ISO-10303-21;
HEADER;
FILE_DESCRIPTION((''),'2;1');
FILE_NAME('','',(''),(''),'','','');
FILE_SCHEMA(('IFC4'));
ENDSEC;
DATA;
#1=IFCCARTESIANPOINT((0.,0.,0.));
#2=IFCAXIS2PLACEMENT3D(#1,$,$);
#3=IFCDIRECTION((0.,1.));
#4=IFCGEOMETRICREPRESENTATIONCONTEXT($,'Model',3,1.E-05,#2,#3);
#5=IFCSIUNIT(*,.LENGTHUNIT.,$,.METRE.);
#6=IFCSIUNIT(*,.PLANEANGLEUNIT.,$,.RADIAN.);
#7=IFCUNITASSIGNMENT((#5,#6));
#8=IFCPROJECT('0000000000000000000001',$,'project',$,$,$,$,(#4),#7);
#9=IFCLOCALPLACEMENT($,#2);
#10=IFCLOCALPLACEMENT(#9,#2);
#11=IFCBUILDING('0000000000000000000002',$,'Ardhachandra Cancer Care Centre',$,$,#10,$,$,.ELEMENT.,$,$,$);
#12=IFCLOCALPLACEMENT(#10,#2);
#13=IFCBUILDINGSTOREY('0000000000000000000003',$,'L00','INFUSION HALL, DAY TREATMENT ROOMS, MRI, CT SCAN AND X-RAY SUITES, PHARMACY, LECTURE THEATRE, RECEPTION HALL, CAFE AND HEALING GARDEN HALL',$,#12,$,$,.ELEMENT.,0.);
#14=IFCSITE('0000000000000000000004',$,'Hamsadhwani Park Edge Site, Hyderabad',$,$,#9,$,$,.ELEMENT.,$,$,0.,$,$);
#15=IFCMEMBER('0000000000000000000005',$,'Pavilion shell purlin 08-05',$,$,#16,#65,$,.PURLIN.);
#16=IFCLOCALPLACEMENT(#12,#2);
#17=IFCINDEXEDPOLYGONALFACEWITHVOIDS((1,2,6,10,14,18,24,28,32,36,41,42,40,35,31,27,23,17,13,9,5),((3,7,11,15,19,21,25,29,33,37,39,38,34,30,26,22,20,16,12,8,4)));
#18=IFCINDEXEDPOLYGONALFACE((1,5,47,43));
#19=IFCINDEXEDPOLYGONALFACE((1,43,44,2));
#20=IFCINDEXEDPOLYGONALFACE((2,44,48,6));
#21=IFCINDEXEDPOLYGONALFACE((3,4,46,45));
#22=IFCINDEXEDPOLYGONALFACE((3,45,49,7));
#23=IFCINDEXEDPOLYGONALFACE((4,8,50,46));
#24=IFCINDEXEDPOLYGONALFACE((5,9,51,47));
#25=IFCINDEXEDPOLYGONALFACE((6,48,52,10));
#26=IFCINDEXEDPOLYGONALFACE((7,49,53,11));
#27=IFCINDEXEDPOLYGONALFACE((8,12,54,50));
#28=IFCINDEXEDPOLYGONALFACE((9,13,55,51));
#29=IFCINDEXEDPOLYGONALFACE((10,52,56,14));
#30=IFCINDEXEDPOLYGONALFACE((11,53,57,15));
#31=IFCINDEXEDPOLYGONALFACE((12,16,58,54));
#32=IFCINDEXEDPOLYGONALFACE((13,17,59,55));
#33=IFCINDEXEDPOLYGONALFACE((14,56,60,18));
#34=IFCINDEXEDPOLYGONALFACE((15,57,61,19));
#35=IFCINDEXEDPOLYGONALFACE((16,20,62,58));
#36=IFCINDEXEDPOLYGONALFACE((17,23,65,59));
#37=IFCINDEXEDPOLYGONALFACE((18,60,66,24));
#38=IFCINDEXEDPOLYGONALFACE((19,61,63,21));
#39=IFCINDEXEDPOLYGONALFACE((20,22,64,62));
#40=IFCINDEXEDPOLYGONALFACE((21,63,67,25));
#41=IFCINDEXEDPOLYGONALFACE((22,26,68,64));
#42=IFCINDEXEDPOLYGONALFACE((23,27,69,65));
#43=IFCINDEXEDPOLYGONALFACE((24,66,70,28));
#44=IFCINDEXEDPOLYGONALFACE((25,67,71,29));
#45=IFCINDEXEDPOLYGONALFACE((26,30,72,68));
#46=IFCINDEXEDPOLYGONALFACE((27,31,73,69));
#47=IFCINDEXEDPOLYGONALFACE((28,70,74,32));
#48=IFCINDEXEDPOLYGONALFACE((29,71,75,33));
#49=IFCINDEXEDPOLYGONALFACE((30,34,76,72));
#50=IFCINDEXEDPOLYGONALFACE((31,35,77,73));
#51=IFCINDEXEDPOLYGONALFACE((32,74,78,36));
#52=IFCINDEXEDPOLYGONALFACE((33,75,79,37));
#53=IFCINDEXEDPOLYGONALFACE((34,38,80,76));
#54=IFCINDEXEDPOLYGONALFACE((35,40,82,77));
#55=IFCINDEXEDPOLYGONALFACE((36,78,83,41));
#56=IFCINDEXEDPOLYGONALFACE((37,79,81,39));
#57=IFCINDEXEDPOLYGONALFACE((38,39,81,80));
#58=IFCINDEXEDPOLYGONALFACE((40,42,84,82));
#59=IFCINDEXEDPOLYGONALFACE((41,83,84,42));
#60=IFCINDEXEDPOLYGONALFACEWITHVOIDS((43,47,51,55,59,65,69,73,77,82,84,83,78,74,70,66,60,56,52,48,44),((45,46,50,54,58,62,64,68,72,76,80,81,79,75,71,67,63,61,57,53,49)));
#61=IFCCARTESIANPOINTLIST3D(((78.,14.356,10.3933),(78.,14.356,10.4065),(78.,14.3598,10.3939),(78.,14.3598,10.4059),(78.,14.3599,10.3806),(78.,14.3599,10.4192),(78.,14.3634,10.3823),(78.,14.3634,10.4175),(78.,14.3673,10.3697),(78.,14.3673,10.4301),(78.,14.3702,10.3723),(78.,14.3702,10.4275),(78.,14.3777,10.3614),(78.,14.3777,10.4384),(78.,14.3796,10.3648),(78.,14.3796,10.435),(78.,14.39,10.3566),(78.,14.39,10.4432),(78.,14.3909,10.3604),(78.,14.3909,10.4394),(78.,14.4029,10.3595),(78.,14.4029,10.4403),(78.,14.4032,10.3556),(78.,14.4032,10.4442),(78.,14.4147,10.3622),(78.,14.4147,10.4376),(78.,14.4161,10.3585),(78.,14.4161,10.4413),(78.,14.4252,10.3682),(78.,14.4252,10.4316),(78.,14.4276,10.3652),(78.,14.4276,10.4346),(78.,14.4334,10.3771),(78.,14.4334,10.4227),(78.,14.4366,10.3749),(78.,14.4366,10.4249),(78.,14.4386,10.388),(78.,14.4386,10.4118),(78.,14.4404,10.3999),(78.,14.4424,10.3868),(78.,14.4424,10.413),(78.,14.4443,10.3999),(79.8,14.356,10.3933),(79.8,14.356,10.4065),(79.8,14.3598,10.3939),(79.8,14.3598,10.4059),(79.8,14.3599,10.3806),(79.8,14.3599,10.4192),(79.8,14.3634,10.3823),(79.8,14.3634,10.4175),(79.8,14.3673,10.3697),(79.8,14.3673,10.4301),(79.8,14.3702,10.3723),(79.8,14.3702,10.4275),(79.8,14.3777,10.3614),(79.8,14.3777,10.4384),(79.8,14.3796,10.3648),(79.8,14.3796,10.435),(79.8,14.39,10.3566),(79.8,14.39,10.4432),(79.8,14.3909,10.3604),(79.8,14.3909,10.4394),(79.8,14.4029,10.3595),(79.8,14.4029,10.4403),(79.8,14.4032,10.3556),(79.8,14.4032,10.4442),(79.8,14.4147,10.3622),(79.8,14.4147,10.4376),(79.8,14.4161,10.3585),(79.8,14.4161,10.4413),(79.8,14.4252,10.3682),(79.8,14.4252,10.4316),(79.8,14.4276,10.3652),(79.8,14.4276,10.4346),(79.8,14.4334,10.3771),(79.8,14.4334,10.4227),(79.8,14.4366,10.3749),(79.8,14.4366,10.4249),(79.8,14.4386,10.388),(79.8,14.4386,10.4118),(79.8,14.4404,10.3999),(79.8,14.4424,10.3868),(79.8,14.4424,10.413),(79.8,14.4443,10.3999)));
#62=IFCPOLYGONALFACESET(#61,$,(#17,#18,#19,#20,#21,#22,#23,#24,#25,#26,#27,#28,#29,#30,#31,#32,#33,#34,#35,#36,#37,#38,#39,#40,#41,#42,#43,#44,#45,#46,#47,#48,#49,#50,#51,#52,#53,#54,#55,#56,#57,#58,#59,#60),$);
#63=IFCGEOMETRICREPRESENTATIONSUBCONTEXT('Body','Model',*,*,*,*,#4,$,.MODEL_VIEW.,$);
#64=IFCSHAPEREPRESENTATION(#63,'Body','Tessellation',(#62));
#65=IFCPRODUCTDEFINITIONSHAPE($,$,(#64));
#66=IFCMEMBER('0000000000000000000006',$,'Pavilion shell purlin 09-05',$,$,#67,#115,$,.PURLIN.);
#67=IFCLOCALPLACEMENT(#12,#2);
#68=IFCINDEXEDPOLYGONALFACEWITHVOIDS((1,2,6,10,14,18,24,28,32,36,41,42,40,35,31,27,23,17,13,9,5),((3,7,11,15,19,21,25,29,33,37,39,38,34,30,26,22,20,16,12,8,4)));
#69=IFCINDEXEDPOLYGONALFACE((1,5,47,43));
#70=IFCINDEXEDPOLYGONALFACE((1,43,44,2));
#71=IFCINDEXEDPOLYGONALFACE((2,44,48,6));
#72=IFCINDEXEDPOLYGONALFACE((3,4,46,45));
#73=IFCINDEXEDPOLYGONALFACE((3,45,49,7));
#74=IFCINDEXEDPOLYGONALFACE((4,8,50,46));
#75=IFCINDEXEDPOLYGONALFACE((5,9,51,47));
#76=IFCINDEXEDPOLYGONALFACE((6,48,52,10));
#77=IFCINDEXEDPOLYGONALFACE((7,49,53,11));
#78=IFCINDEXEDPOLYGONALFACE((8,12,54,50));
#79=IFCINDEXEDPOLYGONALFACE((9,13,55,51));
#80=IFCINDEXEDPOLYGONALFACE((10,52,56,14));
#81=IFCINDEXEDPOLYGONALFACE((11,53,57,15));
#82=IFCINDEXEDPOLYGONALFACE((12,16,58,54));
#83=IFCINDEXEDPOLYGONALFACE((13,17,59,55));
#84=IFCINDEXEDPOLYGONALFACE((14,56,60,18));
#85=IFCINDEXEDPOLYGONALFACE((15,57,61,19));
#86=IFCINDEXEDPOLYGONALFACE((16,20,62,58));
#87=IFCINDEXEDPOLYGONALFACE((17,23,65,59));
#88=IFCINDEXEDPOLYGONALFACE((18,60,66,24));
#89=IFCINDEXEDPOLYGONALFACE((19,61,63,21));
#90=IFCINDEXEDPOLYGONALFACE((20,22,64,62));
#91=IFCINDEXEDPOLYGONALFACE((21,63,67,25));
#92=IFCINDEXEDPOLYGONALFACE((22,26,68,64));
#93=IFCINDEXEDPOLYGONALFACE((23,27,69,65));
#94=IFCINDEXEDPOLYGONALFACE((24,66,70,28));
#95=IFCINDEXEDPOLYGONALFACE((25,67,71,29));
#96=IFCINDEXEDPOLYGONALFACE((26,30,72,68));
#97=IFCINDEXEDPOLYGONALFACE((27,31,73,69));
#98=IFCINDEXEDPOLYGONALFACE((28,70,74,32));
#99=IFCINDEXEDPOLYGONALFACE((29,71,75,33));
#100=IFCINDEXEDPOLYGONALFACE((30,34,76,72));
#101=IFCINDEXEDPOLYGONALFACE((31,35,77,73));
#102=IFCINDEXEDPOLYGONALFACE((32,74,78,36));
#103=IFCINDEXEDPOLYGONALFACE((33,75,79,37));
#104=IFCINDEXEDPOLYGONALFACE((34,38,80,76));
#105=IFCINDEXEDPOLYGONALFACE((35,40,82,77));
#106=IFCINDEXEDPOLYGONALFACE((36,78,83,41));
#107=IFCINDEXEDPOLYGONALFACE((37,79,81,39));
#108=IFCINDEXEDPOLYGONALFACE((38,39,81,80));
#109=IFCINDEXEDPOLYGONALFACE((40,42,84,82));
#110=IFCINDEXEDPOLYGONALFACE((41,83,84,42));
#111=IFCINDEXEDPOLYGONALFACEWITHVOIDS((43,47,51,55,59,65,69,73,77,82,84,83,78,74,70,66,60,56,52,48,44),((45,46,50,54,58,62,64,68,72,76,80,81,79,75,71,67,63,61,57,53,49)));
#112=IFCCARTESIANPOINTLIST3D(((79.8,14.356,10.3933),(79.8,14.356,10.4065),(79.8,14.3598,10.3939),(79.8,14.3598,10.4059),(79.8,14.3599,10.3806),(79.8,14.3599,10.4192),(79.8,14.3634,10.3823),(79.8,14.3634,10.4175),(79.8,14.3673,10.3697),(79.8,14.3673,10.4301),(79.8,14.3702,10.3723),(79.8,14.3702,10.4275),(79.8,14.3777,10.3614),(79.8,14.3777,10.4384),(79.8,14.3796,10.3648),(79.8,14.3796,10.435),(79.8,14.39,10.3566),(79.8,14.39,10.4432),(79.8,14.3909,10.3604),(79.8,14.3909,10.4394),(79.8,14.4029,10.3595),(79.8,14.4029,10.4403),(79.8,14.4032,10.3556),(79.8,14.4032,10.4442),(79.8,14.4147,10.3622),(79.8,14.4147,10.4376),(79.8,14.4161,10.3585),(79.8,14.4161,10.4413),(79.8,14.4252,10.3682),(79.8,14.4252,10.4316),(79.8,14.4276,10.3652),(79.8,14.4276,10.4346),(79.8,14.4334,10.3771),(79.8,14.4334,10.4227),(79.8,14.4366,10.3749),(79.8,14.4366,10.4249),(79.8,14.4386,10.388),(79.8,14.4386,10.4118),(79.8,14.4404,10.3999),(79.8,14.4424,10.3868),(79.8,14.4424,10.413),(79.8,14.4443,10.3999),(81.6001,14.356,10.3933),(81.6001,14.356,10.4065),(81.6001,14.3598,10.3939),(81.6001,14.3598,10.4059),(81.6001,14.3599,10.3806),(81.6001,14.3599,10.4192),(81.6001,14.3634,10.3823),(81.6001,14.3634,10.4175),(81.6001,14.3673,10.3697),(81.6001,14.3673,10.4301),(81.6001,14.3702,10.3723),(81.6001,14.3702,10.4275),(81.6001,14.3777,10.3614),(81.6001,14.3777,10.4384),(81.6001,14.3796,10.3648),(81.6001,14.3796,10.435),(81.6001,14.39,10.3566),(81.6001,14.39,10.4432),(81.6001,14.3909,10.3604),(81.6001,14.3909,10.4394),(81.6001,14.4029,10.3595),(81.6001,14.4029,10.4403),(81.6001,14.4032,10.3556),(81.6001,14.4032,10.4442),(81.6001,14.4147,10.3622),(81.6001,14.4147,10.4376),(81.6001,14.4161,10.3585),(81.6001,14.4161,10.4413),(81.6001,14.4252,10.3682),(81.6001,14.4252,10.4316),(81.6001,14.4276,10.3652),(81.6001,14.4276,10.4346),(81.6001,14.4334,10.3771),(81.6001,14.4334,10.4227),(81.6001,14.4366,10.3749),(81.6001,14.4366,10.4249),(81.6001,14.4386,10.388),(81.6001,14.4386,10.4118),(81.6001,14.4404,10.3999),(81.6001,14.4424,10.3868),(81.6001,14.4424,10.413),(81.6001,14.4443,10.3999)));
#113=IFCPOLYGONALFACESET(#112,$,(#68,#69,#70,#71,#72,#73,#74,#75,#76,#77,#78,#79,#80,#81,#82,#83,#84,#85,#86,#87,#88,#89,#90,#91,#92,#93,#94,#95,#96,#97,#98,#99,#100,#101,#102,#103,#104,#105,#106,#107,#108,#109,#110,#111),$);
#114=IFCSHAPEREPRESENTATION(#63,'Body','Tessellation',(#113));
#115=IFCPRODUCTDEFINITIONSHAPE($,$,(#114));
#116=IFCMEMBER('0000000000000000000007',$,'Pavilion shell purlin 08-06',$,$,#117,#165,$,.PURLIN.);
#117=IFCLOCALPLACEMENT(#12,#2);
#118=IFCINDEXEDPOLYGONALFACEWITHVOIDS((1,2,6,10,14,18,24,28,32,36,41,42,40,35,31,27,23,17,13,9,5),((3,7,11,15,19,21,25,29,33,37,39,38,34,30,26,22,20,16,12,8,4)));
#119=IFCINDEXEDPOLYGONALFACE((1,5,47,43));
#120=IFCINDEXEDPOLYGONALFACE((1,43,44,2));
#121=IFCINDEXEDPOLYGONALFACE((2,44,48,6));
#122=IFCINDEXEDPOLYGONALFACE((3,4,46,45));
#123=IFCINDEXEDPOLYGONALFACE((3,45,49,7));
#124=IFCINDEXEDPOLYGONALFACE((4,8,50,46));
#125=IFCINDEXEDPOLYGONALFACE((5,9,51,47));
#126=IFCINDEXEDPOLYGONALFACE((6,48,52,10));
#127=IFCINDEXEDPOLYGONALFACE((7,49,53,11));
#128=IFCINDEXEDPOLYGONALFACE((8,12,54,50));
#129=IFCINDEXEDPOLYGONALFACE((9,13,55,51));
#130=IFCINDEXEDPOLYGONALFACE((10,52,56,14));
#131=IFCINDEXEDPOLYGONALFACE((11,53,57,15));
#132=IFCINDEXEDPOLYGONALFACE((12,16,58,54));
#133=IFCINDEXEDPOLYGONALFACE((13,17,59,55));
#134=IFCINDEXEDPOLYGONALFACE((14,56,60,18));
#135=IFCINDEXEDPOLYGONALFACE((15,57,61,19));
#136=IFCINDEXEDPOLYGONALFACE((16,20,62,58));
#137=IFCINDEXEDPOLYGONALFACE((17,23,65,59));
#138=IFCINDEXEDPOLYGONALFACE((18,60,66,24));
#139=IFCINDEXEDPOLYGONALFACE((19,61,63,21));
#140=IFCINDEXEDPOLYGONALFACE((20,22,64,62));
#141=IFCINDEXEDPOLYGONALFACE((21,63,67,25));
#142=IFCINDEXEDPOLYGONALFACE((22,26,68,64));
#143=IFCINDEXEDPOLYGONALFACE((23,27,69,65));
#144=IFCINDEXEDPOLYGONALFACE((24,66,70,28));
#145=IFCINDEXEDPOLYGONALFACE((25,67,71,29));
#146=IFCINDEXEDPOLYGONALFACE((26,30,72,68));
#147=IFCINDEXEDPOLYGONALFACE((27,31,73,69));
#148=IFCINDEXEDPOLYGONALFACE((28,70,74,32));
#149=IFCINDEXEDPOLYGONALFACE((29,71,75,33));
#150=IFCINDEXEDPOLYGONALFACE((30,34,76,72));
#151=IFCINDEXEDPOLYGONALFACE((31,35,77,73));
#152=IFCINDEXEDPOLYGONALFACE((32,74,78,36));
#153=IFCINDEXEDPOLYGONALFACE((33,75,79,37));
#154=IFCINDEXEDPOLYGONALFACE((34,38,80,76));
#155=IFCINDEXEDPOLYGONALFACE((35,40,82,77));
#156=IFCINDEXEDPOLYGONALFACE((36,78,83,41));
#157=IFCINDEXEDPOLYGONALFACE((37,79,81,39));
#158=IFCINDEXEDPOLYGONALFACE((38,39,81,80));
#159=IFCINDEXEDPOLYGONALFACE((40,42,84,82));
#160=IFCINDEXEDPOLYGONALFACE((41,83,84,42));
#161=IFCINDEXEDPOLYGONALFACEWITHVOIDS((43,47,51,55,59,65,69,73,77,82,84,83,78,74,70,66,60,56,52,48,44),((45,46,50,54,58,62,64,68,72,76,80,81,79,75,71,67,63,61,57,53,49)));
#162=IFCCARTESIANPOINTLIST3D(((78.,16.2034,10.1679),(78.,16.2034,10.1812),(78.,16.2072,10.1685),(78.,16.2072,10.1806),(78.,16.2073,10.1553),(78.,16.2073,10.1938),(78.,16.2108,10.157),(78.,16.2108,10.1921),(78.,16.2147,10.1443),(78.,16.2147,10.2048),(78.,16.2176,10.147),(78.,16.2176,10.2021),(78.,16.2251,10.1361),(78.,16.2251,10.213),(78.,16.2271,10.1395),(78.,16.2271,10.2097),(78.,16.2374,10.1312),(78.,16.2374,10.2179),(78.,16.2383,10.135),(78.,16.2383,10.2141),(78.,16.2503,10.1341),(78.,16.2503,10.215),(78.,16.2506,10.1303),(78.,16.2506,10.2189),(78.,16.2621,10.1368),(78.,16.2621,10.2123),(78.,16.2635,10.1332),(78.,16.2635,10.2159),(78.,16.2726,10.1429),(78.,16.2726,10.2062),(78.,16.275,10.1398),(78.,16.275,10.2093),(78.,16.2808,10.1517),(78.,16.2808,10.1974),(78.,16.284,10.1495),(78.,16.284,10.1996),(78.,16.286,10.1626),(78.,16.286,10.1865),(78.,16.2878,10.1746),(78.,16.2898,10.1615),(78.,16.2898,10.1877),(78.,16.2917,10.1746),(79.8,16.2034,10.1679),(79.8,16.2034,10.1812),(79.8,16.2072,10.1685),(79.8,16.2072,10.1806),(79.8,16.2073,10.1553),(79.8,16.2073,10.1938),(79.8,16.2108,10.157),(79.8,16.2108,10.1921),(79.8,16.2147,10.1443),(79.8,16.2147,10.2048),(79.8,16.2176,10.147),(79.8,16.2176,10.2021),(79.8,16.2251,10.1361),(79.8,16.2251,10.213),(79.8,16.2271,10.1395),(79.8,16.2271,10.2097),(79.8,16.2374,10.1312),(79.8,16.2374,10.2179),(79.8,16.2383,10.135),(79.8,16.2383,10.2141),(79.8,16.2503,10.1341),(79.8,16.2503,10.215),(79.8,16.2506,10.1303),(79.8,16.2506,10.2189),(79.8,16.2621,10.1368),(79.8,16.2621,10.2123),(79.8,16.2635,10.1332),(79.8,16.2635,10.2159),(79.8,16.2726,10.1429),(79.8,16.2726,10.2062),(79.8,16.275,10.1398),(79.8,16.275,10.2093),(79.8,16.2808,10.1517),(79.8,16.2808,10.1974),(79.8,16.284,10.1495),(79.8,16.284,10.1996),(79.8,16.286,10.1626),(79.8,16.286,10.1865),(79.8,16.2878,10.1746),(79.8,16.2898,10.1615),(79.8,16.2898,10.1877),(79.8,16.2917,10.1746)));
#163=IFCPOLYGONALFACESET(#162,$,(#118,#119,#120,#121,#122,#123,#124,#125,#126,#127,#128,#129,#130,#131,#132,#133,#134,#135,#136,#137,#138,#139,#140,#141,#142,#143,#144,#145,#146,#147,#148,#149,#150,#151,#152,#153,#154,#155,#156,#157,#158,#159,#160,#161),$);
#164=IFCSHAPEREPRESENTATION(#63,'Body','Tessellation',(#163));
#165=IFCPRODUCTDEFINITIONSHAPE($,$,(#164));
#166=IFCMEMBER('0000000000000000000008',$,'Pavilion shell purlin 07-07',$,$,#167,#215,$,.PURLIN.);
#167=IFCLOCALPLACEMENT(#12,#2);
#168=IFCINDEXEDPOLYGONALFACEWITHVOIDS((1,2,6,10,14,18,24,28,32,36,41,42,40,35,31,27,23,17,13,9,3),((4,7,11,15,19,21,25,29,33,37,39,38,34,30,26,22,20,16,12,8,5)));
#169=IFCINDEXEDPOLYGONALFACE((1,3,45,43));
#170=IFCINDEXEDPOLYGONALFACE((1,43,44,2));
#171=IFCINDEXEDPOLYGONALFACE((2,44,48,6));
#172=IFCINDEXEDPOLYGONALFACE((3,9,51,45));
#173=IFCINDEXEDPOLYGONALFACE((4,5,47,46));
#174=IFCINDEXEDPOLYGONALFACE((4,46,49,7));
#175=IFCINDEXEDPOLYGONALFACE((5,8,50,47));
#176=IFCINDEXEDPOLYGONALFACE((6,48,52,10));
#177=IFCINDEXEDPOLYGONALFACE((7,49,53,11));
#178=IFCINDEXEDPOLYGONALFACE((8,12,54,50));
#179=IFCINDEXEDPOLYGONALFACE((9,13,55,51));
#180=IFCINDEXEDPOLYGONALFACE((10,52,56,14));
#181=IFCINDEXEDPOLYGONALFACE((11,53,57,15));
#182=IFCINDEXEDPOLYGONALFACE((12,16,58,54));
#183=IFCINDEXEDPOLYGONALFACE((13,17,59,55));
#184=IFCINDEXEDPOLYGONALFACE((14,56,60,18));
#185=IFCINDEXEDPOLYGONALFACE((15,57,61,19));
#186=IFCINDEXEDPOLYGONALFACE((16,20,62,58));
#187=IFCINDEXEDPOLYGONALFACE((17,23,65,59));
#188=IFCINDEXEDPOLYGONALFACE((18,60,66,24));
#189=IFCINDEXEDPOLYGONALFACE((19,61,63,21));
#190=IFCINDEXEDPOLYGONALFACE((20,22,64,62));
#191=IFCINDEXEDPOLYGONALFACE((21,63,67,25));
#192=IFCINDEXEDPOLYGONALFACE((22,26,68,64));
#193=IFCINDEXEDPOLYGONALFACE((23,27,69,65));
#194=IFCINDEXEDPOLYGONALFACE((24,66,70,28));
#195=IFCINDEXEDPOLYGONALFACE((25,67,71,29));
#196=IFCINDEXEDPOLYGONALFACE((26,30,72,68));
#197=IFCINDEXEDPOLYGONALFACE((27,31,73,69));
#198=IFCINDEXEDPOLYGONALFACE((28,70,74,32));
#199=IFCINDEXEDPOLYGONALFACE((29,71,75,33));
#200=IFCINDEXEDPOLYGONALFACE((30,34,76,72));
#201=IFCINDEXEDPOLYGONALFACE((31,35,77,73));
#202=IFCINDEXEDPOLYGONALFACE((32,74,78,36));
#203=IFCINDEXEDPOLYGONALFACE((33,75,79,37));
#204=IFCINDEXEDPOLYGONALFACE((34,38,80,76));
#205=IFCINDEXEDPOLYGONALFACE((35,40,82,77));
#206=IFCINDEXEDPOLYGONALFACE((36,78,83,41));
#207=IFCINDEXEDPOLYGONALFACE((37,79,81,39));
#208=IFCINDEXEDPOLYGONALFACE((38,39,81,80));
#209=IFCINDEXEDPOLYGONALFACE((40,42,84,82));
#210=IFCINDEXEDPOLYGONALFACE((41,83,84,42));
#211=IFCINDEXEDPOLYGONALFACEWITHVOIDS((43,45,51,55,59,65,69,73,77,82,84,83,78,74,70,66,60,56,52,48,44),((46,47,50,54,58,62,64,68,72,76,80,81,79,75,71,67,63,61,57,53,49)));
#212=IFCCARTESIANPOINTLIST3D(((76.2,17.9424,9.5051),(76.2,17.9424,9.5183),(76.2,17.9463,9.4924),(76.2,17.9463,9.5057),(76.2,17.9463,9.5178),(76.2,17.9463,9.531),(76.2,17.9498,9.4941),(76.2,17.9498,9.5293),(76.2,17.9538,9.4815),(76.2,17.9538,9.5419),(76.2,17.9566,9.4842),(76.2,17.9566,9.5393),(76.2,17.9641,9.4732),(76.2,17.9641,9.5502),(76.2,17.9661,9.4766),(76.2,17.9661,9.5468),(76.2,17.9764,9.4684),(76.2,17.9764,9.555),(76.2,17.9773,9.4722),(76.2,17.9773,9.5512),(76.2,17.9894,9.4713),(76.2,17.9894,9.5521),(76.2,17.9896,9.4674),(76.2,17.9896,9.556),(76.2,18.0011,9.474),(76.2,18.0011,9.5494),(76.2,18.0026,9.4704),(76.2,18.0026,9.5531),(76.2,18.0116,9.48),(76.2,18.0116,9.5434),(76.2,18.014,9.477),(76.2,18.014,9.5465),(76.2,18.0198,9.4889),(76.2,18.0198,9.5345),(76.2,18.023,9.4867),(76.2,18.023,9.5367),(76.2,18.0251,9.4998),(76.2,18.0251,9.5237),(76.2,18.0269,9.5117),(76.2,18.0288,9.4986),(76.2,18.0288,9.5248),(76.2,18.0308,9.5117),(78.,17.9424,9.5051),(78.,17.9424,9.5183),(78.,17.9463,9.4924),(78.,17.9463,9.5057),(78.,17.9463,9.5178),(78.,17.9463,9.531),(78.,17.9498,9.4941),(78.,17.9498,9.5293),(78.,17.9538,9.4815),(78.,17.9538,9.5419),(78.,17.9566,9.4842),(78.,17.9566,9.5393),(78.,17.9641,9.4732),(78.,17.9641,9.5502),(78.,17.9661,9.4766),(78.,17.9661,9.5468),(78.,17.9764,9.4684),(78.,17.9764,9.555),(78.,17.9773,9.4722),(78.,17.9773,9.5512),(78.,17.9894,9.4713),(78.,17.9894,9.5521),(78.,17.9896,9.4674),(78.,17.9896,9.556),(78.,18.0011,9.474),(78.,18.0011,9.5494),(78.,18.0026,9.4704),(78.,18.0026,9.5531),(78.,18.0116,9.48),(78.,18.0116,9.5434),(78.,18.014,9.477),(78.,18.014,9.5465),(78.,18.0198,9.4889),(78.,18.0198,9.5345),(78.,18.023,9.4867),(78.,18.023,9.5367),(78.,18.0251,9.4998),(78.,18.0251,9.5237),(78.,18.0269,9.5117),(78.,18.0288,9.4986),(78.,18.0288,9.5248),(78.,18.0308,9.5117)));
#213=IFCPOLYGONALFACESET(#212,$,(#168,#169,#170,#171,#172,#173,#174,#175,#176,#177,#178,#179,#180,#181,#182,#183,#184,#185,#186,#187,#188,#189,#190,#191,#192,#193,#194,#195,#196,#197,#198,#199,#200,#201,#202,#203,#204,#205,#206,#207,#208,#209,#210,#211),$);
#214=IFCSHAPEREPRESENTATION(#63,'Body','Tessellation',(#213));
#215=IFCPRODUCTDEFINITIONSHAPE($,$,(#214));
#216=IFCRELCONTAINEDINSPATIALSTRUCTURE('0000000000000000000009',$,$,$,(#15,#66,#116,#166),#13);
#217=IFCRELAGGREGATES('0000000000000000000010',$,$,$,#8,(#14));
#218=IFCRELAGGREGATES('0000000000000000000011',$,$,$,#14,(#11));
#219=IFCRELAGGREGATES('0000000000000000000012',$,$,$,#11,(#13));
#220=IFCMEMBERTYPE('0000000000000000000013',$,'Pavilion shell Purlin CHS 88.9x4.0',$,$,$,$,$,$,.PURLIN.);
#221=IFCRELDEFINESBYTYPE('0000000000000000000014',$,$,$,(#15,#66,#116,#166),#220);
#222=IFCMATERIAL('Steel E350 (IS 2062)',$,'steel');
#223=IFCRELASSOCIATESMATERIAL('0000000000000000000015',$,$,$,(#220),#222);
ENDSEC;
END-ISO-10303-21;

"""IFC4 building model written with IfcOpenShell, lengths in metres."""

from ifc_helpers import new_model, si_unit, direction, frame, origin, origin_2d, place, context, subcontext, project, spatial, hollow_circle, extrude, material, material_profile, profile_set, type_object, element, save


model = new_model("IFC4")

# Units and contexts
model_context = context("Model", 3, precision=1e-05, world=origin(), true_north=direction((0.0, 1.0)))
body_context = subcontext(model_context, "Body", "Model", "MODEL_VIEW")
ifc_project = project(units=[si_unit("LENGTHUNIT", "METRE"), si_unit("PLANEANGLEUNIT", "RADIAN")], contexts=[model_context])

# Site, building, storey
site_placement = place(None, origin())
site = spatial("IfcSite", under=ifc_project, at=site_placement, Name="Hamsadhwani Park Edge Site, Hyderabad", CompositionType="ELEMENT", RefElevation=0.0)
building_placement = place(site_placement, origin())
building = spatial("IfcBuilding", under=site, at=building_placement, Name="Ardhachandra Cancer Care Centre", CompositionType="ELEMENT")
storey_placement = place(building_placement, origin())
storey = spatial("IfcBuildingStorey", under=building, at=storey_placement, Name="L00", Description="INFUSION HALL, DAY TREATMENT ROOMS, MRI, CT SCAN AND X-RAY SUITES, PHARMACY, LECTURE THEATRE, RECEPTION HALL, CAFE AND HEALING GARDEN HALL", CompositionType="ELEMENT", Elevation=0.0)

# Members
ifc_material_1 = material(Name="Steel E350 (IS 2062)", Category="steel")
ifc_material_profile_1 = material_profile(ifc_material_1, hollow_circle(Radius=0.0444, WallThickness=0.0039, at=origin_2d()), Name="CHS 88.9x4.0")
ifc_profile_set_1 = profile_set([ifc_material_profile_1], Name="Steel E350 (IS 2062)")
member_type_1 = type_object("IfcMemberType", Name="Pavilion shell Purlin CHS 88.9x4.0", PredefinedType="PURLIN", material=ifc_profile_set_1)
for number, where, z_axis, x_axis, name in (
    (1, (78.0, 14.3999, 10.3999), (1.0, 0.0, 0.0), (0.0, 1.0, 0.0), "Pavilion shell purlin 08-05"),
    (2, (79.8, 14.3999, 10.3999), (1.0, 0.0, 0.0), (0.0, 1.0, 0.0), "Pavilion shell purlin 09-05"),
    (3, (78.0, 16.2473, 10.1746), (1.0, 0.0, 0.0), (0.0, 1.0, 0.0), "Pavilion shell purlin 08-06"),
    (4, (76.2, 17.9863, 9.5117), (1.0, 0.0, 0.0), (0.0, 1.0, 0.0), "Pavilion shell purlin 07-07"),
):
    element("IfcMember", number, at=place(storey_placement, frame(where, z_axis=z_axis, x_axis=x_axis)), inside=storey, type_object=member_type_1, Name=name, PredefinedType="PURLIN", context=body_context, shape_type="SweptSolid", body=[
        extrude(hollow_circle(Radius=0.0444, WallThickness=0.0039, at=origin_2d()), origin(), (0.0, 0.0, 1.0), 1.8),
    ])

save(model, "model.ifc")
